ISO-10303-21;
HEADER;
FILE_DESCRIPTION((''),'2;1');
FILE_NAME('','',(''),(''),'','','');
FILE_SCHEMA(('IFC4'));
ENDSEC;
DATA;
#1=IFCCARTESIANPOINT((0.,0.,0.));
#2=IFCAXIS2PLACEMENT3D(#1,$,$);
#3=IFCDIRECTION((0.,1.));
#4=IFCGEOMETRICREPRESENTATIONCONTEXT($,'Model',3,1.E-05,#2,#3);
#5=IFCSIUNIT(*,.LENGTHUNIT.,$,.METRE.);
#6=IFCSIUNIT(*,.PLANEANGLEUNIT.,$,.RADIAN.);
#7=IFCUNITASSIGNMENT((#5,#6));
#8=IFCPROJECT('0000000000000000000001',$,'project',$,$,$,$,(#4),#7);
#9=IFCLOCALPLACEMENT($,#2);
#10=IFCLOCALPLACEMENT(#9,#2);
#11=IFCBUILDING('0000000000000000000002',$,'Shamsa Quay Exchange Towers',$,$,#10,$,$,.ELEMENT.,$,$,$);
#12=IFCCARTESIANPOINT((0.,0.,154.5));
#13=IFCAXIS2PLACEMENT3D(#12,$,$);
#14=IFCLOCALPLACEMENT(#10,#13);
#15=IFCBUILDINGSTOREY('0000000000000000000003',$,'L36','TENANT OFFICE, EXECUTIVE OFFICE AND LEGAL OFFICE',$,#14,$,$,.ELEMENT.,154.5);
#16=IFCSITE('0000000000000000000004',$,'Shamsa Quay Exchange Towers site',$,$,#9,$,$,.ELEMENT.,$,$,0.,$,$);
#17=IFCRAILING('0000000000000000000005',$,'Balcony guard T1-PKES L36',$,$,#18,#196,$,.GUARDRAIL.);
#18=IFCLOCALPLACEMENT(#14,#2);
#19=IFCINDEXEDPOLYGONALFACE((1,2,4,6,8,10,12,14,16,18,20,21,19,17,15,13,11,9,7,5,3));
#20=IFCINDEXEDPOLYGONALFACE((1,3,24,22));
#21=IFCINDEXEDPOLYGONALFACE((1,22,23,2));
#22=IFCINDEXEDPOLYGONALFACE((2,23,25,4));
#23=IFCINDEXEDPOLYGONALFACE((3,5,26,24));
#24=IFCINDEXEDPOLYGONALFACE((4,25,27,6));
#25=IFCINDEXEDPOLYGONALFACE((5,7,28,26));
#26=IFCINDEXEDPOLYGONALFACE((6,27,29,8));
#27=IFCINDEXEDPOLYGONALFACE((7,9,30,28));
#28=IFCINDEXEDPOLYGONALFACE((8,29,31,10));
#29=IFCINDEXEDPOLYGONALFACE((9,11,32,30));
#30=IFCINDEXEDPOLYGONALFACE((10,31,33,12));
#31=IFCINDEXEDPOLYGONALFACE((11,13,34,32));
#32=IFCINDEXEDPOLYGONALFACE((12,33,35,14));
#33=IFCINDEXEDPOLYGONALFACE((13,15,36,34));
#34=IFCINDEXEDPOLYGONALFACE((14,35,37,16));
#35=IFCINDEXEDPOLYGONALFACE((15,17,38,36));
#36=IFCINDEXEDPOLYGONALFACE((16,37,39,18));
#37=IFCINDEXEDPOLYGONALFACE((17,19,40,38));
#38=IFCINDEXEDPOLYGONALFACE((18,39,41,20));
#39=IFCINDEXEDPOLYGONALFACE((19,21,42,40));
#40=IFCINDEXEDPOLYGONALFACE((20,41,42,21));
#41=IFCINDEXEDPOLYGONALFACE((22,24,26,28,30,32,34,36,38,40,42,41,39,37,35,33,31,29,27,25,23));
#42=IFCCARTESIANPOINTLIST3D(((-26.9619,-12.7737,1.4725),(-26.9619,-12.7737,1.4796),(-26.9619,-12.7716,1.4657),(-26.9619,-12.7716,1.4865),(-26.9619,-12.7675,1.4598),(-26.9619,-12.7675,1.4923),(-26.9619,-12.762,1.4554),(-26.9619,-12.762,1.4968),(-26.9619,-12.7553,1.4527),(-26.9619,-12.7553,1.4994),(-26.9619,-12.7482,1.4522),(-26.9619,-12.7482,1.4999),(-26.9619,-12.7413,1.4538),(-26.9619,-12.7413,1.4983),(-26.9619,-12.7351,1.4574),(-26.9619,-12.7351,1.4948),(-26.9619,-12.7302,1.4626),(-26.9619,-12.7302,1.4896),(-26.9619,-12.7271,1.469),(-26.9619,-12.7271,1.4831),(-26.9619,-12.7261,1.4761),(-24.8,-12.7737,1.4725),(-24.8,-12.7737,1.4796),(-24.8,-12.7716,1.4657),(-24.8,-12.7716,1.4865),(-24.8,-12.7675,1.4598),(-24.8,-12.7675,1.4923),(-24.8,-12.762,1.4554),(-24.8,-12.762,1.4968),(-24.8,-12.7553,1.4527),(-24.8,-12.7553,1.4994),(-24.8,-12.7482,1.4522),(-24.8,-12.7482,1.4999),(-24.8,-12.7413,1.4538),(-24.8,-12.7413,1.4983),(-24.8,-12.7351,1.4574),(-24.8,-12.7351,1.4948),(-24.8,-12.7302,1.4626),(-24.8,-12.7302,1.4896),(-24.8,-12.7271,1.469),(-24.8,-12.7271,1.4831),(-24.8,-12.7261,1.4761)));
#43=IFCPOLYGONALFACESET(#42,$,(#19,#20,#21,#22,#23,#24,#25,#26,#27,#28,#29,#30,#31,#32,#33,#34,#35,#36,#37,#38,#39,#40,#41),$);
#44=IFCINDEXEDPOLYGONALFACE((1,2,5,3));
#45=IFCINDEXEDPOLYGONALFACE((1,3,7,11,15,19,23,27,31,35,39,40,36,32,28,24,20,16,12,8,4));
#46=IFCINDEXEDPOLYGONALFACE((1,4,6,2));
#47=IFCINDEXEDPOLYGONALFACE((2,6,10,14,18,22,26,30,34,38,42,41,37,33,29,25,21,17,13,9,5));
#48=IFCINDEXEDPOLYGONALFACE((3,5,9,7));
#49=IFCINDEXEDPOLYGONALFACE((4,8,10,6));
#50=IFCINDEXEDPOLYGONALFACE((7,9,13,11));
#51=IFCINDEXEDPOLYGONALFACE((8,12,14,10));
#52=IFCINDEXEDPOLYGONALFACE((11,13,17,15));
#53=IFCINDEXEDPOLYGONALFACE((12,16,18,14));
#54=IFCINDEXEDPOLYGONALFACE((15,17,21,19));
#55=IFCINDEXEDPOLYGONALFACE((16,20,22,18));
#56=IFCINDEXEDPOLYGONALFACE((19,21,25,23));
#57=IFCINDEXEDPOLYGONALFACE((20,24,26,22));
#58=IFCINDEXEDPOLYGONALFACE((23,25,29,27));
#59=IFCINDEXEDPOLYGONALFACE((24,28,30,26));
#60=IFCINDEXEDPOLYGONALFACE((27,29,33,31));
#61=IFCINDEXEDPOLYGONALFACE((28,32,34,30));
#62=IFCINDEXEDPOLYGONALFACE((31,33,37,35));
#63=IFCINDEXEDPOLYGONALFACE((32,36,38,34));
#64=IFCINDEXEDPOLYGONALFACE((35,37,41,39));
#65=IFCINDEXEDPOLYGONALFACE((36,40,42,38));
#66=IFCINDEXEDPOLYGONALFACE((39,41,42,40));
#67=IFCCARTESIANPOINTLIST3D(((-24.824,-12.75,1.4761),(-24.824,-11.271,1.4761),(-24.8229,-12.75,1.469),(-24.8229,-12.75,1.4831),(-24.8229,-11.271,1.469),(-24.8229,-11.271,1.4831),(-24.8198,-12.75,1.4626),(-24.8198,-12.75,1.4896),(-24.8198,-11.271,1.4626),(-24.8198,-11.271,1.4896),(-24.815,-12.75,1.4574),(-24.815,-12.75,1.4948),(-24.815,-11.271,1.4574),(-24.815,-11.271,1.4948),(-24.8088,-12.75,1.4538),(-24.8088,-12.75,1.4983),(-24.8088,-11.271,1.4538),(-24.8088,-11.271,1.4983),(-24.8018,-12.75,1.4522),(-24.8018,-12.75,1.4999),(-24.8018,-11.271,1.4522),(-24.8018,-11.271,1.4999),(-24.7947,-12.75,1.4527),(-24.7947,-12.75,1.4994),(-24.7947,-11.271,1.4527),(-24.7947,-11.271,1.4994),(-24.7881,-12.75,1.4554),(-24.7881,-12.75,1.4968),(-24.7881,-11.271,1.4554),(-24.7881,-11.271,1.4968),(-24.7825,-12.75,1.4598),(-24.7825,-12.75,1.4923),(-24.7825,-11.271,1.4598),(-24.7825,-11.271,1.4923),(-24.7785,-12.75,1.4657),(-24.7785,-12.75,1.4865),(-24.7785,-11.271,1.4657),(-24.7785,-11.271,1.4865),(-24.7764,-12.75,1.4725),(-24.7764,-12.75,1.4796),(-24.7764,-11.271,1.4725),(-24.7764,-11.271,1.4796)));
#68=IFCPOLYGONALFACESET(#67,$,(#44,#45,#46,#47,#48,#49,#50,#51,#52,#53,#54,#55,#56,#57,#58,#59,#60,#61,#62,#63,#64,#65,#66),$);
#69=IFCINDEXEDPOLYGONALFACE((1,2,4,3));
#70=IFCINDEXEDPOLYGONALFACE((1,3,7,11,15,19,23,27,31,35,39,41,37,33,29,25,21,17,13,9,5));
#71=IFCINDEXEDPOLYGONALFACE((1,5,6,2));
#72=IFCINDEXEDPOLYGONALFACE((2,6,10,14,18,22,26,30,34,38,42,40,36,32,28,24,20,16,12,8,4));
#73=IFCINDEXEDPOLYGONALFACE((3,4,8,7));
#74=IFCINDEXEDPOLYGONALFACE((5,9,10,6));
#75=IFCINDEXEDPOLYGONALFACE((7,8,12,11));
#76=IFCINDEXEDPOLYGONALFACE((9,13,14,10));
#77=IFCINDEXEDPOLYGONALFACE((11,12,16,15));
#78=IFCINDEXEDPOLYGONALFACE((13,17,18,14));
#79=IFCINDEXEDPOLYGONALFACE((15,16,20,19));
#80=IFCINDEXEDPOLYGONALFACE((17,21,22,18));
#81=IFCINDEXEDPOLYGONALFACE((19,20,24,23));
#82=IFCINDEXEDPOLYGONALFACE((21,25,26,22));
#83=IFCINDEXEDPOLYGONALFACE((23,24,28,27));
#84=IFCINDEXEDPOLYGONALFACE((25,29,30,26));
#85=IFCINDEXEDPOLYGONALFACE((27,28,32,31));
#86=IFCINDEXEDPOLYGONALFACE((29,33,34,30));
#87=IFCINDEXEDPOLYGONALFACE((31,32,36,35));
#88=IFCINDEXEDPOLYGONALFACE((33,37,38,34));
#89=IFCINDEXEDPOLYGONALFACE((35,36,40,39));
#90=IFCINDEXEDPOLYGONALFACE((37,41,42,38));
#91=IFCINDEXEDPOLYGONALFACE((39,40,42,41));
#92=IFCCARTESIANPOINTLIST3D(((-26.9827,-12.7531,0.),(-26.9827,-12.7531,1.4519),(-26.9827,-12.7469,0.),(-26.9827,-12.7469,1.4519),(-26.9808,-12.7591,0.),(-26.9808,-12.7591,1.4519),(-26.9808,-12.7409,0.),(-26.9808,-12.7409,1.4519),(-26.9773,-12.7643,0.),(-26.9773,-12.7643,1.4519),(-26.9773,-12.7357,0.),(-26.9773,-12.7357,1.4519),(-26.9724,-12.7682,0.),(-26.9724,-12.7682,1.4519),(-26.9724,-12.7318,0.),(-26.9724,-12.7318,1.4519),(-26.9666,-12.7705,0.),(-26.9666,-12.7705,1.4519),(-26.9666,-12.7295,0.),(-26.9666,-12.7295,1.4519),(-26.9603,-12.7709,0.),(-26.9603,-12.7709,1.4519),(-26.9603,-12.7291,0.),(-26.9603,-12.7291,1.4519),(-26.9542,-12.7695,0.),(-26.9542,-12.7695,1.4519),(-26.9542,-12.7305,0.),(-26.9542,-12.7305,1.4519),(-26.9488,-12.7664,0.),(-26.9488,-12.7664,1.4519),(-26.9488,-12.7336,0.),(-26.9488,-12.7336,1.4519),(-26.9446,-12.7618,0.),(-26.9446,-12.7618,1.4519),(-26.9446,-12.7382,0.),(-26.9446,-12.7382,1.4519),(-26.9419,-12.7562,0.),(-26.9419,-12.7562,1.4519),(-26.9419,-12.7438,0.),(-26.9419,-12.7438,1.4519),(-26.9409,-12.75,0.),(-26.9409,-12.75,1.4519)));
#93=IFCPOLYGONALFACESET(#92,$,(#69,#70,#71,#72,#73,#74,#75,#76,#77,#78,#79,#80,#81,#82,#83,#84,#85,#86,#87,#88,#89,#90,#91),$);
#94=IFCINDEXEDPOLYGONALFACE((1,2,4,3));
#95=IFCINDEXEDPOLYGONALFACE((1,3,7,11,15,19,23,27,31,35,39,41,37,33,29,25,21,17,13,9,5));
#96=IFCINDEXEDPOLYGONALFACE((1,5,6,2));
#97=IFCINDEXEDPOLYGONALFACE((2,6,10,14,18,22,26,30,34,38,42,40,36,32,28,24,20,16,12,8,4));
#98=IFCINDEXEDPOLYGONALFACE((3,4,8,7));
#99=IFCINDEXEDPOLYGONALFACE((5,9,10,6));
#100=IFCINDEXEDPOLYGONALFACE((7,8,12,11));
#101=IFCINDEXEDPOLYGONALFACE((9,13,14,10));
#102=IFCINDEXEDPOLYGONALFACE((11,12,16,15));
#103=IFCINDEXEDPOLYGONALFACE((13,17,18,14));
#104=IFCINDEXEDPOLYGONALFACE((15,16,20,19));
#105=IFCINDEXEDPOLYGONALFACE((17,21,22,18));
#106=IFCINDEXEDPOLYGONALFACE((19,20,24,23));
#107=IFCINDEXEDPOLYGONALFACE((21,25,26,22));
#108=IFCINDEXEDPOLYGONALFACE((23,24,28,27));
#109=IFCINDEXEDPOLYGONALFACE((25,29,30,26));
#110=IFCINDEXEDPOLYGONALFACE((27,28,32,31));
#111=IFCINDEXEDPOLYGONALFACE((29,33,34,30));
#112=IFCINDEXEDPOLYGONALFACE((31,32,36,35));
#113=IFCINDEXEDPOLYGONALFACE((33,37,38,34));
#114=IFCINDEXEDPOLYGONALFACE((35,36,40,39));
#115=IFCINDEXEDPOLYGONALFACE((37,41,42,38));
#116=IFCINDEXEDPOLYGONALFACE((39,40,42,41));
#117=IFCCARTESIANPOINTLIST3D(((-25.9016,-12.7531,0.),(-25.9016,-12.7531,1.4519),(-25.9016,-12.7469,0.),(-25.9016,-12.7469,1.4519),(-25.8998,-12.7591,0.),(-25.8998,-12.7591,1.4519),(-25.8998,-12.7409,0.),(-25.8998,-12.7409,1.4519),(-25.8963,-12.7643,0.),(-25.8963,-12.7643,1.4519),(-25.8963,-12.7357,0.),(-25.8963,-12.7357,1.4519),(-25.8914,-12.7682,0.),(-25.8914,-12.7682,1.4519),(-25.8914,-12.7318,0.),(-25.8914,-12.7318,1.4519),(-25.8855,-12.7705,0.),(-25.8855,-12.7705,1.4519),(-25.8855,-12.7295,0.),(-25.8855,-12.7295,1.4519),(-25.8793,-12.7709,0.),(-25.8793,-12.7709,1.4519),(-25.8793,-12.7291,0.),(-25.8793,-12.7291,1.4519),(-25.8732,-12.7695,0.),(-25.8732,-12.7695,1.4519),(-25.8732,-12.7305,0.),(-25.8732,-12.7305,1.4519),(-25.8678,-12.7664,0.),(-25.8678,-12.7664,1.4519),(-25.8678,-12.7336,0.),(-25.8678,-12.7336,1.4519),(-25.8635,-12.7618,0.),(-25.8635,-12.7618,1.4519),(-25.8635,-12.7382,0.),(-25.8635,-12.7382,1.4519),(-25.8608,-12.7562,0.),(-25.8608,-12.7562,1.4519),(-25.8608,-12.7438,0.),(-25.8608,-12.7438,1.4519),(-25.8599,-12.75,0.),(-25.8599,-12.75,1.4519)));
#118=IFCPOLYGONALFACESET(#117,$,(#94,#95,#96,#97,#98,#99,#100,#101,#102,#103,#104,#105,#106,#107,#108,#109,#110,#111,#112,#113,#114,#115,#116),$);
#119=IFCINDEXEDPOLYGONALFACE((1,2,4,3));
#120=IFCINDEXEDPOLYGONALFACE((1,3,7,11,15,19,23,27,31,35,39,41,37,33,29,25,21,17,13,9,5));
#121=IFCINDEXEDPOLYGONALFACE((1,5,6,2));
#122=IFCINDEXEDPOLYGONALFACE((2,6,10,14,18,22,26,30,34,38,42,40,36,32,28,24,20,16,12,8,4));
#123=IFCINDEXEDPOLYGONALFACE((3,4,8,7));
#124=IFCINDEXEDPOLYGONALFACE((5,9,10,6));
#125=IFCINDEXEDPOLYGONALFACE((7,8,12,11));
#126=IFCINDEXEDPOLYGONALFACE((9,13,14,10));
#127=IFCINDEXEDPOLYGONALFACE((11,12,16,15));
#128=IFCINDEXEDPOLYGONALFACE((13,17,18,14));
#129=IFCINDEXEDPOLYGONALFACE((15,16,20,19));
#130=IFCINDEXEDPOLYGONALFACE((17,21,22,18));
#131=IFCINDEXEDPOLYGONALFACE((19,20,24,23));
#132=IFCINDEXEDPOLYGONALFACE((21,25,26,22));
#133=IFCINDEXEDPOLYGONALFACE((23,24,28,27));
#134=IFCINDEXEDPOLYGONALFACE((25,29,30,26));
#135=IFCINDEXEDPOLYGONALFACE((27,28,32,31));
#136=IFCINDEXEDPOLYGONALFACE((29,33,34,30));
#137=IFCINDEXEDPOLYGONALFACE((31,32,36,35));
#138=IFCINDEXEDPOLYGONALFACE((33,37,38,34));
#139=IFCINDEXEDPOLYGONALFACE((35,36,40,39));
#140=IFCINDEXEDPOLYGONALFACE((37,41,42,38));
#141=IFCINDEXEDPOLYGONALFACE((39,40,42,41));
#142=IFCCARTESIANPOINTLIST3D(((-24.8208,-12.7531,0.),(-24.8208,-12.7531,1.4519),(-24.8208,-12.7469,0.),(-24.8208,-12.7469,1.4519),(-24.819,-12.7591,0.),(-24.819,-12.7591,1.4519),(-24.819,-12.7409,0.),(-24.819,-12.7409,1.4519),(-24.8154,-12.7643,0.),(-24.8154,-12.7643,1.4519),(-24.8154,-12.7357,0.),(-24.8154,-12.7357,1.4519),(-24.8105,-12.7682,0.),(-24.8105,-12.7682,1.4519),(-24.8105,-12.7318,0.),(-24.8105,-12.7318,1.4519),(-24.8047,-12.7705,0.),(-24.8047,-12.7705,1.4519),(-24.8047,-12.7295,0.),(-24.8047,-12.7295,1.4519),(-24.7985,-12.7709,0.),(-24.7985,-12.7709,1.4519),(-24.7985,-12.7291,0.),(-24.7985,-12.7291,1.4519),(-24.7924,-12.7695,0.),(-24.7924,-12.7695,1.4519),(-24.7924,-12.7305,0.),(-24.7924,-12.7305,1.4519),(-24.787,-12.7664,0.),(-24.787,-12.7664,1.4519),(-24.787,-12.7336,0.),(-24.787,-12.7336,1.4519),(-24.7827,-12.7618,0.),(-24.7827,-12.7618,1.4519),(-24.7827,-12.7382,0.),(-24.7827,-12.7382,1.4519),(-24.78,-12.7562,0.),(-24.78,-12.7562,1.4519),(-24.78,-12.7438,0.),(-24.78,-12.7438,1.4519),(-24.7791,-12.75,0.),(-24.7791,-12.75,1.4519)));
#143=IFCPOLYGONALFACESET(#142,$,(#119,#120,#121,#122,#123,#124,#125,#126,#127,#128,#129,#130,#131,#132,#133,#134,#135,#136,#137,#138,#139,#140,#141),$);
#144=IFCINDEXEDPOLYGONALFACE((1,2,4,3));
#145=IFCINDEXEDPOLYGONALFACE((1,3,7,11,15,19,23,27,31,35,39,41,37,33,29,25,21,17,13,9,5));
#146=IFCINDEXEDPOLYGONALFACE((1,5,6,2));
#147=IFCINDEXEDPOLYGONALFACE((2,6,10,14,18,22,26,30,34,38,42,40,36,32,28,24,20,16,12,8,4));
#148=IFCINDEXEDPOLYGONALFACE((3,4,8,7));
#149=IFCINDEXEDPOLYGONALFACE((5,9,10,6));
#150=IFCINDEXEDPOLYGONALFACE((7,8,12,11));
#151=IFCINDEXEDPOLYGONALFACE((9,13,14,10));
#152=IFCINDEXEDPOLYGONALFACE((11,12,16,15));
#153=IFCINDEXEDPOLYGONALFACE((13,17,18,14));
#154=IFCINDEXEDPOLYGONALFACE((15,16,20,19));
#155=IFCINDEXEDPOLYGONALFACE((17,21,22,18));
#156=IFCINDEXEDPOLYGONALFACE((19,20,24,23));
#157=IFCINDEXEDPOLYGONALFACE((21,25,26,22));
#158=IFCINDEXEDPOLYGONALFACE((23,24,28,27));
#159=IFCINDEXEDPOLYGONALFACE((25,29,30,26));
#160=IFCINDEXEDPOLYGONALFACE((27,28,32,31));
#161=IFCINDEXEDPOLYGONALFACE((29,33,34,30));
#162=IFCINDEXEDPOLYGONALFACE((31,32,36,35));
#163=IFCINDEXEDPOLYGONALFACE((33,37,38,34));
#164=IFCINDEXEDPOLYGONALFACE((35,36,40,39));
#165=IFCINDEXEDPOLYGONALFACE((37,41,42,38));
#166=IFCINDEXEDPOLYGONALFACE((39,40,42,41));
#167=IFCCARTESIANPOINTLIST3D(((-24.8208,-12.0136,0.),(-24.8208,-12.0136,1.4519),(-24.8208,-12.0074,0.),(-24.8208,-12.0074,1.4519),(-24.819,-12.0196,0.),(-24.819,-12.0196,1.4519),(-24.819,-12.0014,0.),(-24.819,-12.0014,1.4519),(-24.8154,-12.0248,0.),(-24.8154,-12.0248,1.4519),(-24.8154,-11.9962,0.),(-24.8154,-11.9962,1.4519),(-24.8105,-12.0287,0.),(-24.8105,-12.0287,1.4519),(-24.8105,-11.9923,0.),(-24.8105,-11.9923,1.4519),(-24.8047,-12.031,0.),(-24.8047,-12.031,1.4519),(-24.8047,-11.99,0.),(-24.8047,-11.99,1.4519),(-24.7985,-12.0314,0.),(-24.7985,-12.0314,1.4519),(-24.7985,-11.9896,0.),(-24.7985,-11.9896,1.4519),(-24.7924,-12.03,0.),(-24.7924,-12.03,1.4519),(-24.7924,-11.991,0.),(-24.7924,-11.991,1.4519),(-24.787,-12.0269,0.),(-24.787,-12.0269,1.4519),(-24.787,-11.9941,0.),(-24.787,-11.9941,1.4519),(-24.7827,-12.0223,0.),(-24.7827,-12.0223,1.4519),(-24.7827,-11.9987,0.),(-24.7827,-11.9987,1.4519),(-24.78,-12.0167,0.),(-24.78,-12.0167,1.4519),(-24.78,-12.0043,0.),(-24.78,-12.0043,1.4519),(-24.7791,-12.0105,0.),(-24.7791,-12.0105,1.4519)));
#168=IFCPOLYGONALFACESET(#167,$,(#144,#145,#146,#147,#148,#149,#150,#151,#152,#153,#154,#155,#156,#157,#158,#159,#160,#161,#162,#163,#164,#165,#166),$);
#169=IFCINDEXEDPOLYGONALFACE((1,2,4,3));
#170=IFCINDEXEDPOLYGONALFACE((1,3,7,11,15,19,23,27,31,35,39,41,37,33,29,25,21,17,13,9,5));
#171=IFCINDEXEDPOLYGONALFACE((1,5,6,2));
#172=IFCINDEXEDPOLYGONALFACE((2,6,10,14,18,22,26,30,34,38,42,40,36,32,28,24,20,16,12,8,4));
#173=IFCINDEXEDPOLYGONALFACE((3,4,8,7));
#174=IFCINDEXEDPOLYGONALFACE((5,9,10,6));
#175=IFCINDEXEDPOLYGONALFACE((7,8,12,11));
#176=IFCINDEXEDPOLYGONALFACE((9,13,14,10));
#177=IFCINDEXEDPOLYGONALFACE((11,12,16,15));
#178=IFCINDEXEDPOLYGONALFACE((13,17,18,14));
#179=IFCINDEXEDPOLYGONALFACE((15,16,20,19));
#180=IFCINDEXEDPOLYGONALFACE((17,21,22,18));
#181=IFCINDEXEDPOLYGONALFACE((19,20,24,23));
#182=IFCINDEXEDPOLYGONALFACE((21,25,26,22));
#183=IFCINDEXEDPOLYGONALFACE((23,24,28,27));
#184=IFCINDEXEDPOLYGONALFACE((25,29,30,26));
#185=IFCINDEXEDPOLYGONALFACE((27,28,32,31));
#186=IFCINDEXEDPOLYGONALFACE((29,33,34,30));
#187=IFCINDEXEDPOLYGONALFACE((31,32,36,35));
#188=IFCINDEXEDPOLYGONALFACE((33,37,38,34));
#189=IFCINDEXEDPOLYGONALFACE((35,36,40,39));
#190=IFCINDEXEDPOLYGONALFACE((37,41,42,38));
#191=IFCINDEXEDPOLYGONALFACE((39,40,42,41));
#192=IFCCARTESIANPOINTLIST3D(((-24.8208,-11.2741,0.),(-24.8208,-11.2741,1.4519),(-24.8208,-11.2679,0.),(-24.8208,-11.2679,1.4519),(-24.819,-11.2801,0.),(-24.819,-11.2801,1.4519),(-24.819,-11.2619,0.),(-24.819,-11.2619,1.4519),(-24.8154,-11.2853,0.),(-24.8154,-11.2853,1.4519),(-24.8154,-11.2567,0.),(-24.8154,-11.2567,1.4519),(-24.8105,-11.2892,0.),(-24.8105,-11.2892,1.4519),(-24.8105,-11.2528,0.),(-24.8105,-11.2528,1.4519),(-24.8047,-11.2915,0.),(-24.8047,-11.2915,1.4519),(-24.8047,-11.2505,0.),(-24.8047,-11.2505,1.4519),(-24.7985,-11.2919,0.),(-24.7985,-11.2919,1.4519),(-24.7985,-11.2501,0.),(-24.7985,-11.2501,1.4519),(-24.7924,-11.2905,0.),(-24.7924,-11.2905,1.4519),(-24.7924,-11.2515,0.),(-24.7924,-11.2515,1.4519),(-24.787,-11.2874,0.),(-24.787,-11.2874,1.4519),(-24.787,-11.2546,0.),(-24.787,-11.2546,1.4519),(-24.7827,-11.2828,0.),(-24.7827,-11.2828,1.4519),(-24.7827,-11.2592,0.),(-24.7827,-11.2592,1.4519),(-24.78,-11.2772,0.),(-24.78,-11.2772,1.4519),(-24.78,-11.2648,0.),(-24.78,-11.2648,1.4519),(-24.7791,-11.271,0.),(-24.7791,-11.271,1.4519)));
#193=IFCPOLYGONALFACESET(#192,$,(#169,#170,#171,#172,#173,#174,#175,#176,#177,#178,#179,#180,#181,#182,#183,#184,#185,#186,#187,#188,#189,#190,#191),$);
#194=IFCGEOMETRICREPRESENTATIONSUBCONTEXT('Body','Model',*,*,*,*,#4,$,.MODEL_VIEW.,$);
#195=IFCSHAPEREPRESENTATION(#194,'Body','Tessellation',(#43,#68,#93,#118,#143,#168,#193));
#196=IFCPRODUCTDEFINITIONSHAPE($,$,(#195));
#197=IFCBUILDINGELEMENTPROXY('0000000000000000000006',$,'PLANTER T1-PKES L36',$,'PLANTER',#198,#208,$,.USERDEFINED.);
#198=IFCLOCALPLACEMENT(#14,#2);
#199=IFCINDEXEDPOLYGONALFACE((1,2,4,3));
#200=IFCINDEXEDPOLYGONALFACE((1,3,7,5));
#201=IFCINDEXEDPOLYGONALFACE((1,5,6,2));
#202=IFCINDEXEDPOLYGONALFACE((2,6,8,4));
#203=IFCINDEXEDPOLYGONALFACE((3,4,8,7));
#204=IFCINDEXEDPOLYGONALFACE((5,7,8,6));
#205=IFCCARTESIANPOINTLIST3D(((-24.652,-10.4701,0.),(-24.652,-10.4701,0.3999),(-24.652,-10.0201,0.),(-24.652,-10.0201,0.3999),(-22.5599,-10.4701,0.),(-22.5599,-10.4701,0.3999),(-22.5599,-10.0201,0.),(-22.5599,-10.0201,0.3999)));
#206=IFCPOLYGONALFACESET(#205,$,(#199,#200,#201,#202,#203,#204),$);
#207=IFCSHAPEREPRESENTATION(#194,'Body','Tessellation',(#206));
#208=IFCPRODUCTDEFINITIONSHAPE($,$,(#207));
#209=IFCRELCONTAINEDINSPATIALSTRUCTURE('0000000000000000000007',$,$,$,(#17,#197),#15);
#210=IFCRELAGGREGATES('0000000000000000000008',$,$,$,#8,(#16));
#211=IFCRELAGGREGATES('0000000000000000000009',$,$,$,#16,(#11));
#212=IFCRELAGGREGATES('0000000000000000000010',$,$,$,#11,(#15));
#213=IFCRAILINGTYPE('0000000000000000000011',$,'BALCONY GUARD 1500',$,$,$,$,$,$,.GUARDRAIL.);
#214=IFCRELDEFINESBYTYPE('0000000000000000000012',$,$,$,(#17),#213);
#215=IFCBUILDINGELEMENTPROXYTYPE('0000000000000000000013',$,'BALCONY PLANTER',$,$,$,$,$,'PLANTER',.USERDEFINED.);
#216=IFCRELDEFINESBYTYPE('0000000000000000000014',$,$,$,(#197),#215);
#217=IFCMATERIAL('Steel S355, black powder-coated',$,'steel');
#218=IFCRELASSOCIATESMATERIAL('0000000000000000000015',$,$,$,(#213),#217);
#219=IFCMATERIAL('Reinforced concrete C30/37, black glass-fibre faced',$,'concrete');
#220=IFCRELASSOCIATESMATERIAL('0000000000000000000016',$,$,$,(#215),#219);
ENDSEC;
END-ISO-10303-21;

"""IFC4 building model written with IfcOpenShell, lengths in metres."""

from ifc_helpers import new_model, si_unit, direction, frame, origin, origin_2d, place, context, subcontext, project, spatial, rectangle, circle, extrude, material, type_object, element, save


model = new_model("IFC4")

# Units and contexts
model_context = context("Model", 3, precision=1e-05, world=origin(), true_north=direction((0.0, 1.0)))
body_context = subcontext(model_context, "Body", "Model", "MODEL_VIEW")
ifc_project = project(units=[si_unit("LENGTHUNIT", "METRE"), si_unit("PLANEANGLEUNIT", "RADIAN")], contexts=[model_context])

# Site, building, storey
site_placement = place(None, origin())
site = spatial("IfcSite", under=ifc_project, at=site_placement, Name="Shamsa Quay Exchange Towers site", CompositionType="ELEMENT", RefElevation=0.0)
building_placement = place(site_placement, origin())
building = spatial("IfcBuilding", under=site, at=building_placement, Name="Shamsa Quay Exchange Towers", CompositionType="ELEMENT")
storey_placement = place(building_placement, frame((0.0, 0.0, 154.5)))
storey = spatial("IfcBuildingStorey", under=building, at=storey_placement, Name="L36", Description="TENANT OFFICE, EXECUTIVE OFFICE AND LEGAL OFFICE", CompositionType="ELEMENT", Elevation=154.5)

# Railing
ifc_material_1 = material(Name="Steel S355, black powder-coated", Category="steel")
railing_type_1 = type_object("IfcRailingType", Name="BALCONY GUARD 1500", PredefinedType="GUARDRAIL", material=ifc_material_1)
for number, where, name in (
    (1, (-26.9619, -12.75, 0.0), "Balcony guard T1-PKES L36"),
):
    element("IfcRailing", number, at=place(storey_placement, frame(where)), inside=storey, type_object=railing_type_1, Name=name, PredefinedType="GUARDRAIL", context=body_context, shape_type="SweptSolid", body=[
        extrude(circle(Radius=0.0239, at=origin_2d()), frame((0.0, 0.0, 1.4761), z_axis=(1.0, 0.0, 0.0), x_axis=(0.0, 1.0, 0.0)), (0.0, 0.0, 1.0), 2.1619),
        extrude(circle(Radius=0.0239, at=origin_2d()), frame((2.1619, 0.0, 1.4761), z_axis=(0.0, 1.0, 0.0), x_axis=(-1.0, 0.0, 0.0)), (0.0, 0.0, 1.0), 1.479),
        extrude(circle(Radius=0.021, at=origin_2d()), origin(), (0.0, 0.0, 1.0), 1.4519),
        extrude(circle(Radius=0.021, at=origin_2d()), frame((1.0811, 0.0, 0.0)), (0.0, 0.0, 1.0), 1.4519),
        extrude(circle(Radius=0.021, at=origin_2d()), frame((2.1619, 0.0, 0.0)), (0.0, 0.0, 1.0), 1.4519),
        extrude(circle(Radius=0.021, at=origin_2d()), frame((2.1619, 0.7395, 0.0)), (0.0, 0.0, 1.0), 1.4519),
        extrude(circle(Radius=0.021, at=origin_2d()), frame((2.1619, 1.479, 0.0)), (0.0, 0.0, 1.0), 1.4519),
    ])

# Building element proxy
ifc_material_2 = material(Name="Reinforced concrete C30/37, black glass-fibre faced", Category="concrete")
building_element_proxy_type = type_object("IfcBuildingElementProxyType", Name="BALCONY PLANTER", ElementType="PLANTER", PredefinedType="USERDEFINED", material=ifc_material_2)
for number, where, name in (
    (2, (-23.606, -10.2451, 0.0), "PLANTER T1-PKES L36"),
):
    element("IfcBuildingElementProxy", number, at=place(storey_placement, frame(where)), inside=storey, type_object=building_element_proxy_type, Name=name, ObjectType="PLANTER", PredefinedType="USERDEFINED", context=body_context, shape_type="SweptSolid", body=[
        extrude(rectangle(XDim=2.092, YDim=0.45, at=origin_2d()), origin(), (0.0, 0.0, 1.0), 0.3999),
    ])

save(model, "model.ifc")
